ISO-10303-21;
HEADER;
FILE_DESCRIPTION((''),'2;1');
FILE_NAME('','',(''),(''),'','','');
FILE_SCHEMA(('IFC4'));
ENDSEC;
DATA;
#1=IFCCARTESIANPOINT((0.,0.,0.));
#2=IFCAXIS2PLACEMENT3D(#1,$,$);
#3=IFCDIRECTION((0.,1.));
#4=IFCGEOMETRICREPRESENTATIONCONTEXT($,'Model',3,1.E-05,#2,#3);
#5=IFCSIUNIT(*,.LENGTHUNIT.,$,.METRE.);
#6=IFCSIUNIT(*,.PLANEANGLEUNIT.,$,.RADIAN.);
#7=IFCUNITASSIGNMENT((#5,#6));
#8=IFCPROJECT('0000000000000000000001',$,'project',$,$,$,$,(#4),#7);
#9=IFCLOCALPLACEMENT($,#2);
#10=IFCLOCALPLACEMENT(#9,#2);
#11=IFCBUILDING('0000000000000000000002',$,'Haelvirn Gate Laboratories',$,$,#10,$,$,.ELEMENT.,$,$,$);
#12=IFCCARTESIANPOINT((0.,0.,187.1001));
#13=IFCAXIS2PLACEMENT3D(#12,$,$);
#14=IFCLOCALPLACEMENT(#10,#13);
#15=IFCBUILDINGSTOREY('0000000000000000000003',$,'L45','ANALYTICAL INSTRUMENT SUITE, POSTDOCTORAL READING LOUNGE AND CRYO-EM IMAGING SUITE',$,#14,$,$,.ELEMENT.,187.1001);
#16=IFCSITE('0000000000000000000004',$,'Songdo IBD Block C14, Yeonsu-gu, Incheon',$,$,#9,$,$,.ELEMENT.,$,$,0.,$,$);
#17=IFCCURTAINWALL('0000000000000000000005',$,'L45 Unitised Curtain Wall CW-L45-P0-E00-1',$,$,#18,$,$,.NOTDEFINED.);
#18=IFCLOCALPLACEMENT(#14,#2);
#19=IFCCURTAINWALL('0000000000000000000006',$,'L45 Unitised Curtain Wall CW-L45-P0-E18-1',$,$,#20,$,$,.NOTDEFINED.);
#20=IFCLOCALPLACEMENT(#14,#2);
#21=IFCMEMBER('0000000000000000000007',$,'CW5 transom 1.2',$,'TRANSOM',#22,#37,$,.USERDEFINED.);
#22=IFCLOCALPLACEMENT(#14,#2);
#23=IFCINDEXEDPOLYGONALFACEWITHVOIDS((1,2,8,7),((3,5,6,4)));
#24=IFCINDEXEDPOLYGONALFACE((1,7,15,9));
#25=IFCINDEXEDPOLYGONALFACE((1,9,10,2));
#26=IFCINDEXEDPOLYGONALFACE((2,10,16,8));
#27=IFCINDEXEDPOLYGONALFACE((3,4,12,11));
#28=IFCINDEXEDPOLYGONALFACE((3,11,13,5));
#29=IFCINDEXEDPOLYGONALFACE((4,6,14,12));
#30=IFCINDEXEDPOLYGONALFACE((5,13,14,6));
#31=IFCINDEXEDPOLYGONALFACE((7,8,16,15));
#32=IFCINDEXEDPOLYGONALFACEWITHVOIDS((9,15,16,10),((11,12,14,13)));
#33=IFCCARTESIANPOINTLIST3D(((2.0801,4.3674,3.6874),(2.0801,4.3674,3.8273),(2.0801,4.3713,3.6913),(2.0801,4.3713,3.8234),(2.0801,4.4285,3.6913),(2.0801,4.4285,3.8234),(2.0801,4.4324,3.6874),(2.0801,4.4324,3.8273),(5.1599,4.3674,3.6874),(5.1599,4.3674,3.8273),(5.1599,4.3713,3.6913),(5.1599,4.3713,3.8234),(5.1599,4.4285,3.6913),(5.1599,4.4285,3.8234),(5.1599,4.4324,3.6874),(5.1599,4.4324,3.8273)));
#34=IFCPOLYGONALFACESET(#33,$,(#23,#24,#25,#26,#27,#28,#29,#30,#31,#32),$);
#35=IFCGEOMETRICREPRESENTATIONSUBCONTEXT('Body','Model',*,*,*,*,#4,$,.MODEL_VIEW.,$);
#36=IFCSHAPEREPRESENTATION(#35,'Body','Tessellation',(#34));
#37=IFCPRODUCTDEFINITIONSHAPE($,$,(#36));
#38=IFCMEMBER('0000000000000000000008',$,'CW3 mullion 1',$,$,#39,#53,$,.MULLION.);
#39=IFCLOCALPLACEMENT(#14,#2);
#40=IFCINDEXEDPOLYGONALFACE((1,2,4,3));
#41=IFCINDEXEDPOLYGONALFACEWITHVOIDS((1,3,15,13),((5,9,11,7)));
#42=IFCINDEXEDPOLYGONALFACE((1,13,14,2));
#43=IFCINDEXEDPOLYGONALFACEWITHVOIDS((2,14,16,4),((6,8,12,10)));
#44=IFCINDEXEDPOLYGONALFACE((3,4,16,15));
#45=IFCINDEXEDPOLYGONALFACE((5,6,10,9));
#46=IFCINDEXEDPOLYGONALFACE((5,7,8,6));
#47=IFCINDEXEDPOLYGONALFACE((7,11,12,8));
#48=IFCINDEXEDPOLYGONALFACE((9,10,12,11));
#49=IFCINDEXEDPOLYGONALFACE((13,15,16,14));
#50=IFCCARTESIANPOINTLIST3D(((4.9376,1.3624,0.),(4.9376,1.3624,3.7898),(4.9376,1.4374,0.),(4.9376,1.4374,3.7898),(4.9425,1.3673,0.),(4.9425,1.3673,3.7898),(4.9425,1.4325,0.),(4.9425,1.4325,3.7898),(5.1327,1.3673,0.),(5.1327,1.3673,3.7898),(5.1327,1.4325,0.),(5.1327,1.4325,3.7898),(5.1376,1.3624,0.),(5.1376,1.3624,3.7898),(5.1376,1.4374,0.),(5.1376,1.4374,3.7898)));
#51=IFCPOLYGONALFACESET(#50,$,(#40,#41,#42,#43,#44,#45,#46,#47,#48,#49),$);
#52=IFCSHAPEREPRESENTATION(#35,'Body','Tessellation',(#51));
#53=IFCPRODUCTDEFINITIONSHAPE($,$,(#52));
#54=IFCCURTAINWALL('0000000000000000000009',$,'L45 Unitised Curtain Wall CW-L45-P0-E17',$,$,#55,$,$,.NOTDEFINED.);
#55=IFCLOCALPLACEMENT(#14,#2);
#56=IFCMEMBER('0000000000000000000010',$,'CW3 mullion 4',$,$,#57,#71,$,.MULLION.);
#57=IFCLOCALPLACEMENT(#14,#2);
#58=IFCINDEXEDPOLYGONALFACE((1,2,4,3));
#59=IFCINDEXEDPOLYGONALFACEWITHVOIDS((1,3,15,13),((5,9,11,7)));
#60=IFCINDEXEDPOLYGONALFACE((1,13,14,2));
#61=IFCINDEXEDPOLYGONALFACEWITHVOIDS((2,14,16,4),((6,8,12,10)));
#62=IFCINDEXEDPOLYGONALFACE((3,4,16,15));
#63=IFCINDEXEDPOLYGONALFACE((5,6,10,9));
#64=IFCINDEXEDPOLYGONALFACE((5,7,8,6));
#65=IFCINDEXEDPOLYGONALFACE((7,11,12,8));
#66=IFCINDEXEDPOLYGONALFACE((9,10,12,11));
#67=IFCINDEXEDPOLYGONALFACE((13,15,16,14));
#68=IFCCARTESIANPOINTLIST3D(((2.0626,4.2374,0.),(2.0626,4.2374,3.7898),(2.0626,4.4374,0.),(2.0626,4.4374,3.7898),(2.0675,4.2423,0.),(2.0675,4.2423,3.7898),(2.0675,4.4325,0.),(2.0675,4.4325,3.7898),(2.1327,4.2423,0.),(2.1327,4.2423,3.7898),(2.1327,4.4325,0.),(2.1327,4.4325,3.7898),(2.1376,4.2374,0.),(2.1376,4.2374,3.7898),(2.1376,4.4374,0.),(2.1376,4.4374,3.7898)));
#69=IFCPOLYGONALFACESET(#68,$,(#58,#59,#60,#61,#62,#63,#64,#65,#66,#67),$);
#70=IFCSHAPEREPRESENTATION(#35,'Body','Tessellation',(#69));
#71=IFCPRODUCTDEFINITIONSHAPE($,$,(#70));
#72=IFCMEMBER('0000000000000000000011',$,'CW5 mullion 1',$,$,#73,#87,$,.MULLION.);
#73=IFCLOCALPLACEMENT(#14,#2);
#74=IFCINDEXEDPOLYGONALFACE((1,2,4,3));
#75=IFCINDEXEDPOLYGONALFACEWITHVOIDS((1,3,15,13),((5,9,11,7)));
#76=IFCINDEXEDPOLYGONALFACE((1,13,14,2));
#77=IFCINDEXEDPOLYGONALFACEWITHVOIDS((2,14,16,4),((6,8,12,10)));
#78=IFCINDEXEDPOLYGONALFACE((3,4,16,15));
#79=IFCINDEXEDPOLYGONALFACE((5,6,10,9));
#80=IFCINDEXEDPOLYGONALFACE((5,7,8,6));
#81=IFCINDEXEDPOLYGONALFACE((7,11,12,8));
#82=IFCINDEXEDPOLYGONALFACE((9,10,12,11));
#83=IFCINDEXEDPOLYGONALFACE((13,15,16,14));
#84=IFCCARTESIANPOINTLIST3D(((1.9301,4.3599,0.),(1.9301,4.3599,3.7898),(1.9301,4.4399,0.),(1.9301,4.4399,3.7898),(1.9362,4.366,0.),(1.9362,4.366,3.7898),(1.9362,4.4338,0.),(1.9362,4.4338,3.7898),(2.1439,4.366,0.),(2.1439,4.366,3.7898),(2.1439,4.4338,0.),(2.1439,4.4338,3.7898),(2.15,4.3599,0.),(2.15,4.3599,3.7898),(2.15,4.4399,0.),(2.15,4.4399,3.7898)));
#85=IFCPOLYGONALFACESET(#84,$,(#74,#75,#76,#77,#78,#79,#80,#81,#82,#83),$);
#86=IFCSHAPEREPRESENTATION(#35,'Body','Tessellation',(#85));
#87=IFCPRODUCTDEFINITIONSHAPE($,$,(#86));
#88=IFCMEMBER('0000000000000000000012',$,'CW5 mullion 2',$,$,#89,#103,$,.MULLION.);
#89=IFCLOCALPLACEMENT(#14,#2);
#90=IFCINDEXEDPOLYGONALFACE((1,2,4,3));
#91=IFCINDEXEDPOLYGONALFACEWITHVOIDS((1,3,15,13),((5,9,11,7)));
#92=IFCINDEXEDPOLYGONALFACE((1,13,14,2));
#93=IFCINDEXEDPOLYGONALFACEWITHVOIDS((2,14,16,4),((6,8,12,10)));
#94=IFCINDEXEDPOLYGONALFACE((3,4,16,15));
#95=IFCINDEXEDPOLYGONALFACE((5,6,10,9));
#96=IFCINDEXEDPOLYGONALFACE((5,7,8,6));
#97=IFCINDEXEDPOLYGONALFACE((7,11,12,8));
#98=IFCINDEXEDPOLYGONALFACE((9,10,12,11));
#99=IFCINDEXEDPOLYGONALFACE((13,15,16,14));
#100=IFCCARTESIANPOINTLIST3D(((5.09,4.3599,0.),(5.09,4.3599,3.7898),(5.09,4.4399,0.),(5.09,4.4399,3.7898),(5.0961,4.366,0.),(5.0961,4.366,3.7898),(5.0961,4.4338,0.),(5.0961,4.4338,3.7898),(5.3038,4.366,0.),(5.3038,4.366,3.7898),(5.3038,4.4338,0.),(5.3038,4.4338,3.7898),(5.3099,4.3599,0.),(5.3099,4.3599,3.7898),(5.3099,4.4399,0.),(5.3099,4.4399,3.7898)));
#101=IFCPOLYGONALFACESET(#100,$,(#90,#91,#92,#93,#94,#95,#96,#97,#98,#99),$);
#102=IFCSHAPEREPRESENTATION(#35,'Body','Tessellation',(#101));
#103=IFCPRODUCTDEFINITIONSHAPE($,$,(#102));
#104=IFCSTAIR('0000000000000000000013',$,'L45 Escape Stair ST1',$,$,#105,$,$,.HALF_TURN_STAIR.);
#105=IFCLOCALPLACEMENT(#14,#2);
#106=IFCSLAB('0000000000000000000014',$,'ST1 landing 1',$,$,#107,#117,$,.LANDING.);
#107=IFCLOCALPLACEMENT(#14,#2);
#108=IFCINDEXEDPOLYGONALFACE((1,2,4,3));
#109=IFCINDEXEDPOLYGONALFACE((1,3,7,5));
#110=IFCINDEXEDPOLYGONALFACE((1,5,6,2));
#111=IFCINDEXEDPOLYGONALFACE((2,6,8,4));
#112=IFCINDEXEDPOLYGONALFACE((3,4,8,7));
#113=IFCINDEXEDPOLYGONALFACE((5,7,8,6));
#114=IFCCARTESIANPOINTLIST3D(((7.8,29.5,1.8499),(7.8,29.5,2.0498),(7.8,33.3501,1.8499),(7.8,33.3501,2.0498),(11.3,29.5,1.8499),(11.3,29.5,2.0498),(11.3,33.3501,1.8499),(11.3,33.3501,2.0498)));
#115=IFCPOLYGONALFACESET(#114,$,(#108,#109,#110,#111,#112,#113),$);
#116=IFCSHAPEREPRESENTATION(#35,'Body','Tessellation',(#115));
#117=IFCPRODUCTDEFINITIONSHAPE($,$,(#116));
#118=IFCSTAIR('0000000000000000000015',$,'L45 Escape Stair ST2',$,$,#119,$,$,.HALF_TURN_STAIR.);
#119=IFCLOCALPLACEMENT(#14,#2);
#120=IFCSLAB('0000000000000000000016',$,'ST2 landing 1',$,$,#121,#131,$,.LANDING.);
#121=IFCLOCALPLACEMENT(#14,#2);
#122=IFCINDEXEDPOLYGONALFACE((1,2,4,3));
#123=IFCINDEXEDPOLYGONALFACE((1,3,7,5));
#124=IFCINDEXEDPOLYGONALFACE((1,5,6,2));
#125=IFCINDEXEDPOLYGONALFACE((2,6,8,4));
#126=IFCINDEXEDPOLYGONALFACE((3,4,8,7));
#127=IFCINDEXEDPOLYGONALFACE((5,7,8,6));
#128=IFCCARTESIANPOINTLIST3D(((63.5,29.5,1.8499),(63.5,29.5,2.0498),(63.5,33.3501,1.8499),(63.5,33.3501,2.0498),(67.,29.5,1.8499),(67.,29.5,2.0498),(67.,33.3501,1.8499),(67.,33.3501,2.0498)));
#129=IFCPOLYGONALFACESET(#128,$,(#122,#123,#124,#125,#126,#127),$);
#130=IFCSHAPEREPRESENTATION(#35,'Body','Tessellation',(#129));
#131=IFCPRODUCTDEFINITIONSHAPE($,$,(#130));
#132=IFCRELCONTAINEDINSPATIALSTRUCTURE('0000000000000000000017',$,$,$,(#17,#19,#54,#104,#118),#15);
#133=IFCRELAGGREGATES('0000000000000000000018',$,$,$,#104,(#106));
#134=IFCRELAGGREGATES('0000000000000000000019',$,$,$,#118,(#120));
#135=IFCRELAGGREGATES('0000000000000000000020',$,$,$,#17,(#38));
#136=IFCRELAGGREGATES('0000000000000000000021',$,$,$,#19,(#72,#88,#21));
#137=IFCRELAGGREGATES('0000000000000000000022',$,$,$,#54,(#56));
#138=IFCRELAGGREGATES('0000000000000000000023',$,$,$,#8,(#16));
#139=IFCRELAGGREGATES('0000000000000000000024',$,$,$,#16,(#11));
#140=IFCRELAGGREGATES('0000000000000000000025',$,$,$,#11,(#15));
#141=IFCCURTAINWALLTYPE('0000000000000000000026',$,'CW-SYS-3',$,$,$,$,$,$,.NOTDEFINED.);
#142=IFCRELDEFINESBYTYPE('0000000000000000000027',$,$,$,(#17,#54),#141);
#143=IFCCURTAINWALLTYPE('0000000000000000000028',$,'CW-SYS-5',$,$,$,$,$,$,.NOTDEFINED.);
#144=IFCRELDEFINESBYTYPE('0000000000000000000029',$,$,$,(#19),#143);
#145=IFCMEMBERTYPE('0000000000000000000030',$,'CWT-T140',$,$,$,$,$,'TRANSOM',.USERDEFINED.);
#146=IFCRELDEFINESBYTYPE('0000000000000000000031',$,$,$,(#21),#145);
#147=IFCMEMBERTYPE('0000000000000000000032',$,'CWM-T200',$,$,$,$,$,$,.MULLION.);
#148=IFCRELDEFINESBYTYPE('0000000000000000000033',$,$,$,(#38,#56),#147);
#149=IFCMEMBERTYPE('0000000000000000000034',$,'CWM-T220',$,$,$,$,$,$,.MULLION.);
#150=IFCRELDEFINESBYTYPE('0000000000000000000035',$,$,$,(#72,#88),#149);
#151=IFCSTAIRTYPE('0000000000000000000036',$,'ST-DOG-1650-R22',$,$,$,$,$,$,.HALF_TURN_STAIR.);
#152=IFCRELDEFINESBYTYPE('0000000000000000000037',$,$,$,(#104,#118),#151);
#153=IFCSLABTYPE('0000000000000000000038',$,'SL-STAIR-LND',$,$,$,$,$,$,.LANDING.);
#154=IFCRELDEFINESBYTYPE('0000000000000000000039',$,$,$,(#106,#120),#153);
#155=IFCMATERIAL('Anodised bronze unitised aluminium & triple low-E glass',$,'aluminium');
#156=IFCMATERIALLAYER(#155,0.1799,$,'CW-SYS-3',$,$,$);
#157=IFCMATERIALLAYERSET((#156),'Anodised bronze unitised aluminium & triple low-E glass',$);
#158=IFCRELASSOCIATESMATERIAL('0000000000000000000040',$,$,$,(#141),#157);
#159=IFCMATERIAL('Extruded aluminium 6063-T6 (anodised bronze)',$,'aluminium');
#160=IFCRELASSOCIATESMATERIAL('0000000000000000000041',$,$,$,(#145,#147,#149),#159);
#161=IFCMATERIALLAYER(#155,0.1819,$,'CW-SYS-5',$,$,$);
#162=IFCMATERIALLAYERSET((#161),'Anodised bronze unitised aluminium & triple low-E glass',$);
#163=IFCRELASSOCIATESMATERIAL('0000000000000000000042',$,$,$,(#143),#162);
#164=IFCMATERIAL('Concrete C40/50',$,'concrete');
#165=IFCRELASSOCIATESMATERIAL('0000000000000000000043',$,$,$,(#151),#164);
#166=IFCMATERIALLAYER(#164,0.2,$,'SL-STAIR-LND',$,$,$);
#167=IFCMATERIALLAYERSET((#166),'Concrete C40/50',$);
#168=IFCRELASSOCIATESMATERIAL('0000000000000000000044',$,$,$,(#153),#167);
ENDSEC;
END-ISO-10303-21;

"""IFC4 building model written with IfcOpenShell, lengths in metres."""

from ifc_helpers import new_model, si_unit, direction, frame, origin, origin_2d, place, context, subcontext, project, spatial, polyline, hollow_rectangle, outline, extrude, source, transform, mapped, material, layer, layer_set, material_profile, profile_set, type_object, type_shapes, element, aggregate, save


model = new_model("IFC4")

# Units and contexts
model_context = context("Model", 3, precision=1e-05, world=origin(), true_north=direction((0.0, 1.0)))
body_context = subcontext(model_context, "Body", "Model", "MODEL_VIEW")
ifc_project = project(units=[si_unit("LENGTHUNIT", "METRE"), si_unit("PLANEANGLEUNIT", "RADIAN")], contexts=[model_context])

# Site, building, storey
site_placement = place(None, origin())
site = spatial("IfcSite", under=ifc_project, at=site_placement, Name="Songdo IBD Block C14, Yeonsu-gu, Incheon", CompositionType="ELEMENT", RefElevation=0.0)
building_placement = place(site_placement, origin())
building = spatial("IfcBuilding", under=site, at=building_placement, Name="Haelvirn Gate Laboratories", CompositionType="ELEMENT")
storey_placement = place(building_placement, frame((0.0, 0.0, 187.1001)))
storey = spatial("IfcBuildingStorey", under=building, at=storey_placement, Name="L45", Description="ANALYTICAL INSTRUMENT SUITE, POSTDOCTORAL READING LOUNGE AND CRYO-EM IMAGING SUITE", CompositionType="ELEMENT", Elevation=187.1001)

# Curtain walls, member
ifc_material_1 = material(Name="Anodised bronze unitised aluminium & triple low-E glass", Category="aluminium")
ifc_layer_1 = layer(ifc_material_1, 0.1799, Name="CW-SYS-3")
ifc_layer_set_1 = layer_set([ifc_layer_1], Name="Anodised bronze unitised aluminium & triple low-E glass")
curtain_wall_type_1 = type_object("IfcCurtainWallType", Name="CW-SYS-3", PredefinedType="NOTDEFINED", material=ifc_layer_set_1)
curtain_wall_1_placement = place(storey_placement, origin())
curtain_wall_1 = element("IfcCurtainWall", 1, at=curtain_wall_1_placement, inside=storey, type_object=curtain_wall_type_1, Name="L45 Unitised Curtain Wall CW-L45-P0-E00-1", PredefinedType="NOTDEFINED")
ifc_material_2 = material(Name="Extruded aluminium 6063-T6 (anodised bronze)", Category="aluminium")
ifc_material_profile_1 = material_profile(ifc_material_2, hollow_rectangle(XDim=0.0649, YDim=0.1399, WallThickness=0.0039, at=origin_2d()), Name="CWT-140x65x4")
ifc_profile_set_1 = profile_set([ifc_material_profile_1], Name="Extruded aluminium 6063-T6 (anodised bronze)")
member_type_1 = type_object("IfcMemberType", Name="CWT-T140", ElementType="TRANSOM", PredefinedType="USERDEFINED", material=ifc_profile_set_1)
ifc_layer_2 = layer(ifc_material_1, 0.1819, Name="CW-SYS-5")
ifc_layer_set_2 = layer_set([ifc_layer_2], Name="Anodised bronze unitised aluminium & triple low-E glass")
curtain_wall_type_2 = type_object("IfcCurtainWallType", Name="CW-SYS-5", PredefinedType="NOTDEFINED", material=ifc_layer_set_2)
curtain_wall_2_placement = place(storey_placement, origin())
curtain_wall_2 = element("IfcCurtainWall", 2, at=curtain_wall_2_placement, inside=storey, type_object=curtain_wall_type_2, Name="L45 Unitised Curtain Wall CW-L45-P0-E18-1", PredefinedType="NOTDEFINED")
shared_shape_1 = source(origin(), body_context, "Body", "SweptSolid", [
    extrude(hollow_rectangle(XDim=0.0649, YDim=0.1399, WallThickness=0.0039, at=origin_2d()), origin(), (0.0, 0.0, 1.0), 3.0798),
])
member_1_placement = place(storey_placement, frame((2.0801, 4.3999, 3.7573), z_axis=(1.0, 0.0, 0.0), x_axis=(0.0, 1.0, 0.0)))
member_1 = element("IfcMember", 3, at=member_1_placement, type_object=member_type_1, Name="CW5 transom 1.2", ObjectType="TRANSOM", PredefinedType="USERDEFINED", context=body_context, shape_type="MappedRepresentation", body=[
    mapped(shared_shape_1, transform((0.0, 0.0, 0.0), scale=1.0)),
])

# Member
ifc_material_profile_2 = material_profile(ifc_material_2, hollow_rectangle(XDim=0.075, YDim=0.2, WallThickness=0.0049, at=origin_2d()), Name="CWM-200x75x5")
ifc_profile_set_2 = profile_set([ifc_material_profile_2], Name="Extruded aluminium 6063-T6 (anodised bronze)")
member_type_2 = type_object("IfcMemberType", Name="CWM-T200", PredefinedType="MULLION", material=ifc_profile_set_2)
shared_shape_2 = source(origin(), body_context, "Body", "SweptSolid", [
    extrude(hollow_rectangle(XDim=0.075, YDim=0.2, WallThickness=0.0049, at=origin_2d()), origin(), (0.0, 0.0, 1.0), 3.7898),
])
type_shapes(member_type_2, [shared_shape_2])
member_2_placement = place(storey_placement, frame((5.0376, 1.3999, 0.0), z_axis=(0.0, 0.0, 1.0), x_axis=(0.0, 1.0, 0.0)))
member_2 = element("IfcMember", 4, at=member_2_placement, type_object=member_type_2, Name="CW3 mullion 1", PredefinedType="MULLION", context=body_context, shape_type="MappedRepresentation", body=[
    mapped(shared_shape_2, transform((0.0, 0.0, 0.0), scale=1.0)),
])

# Curtain wall, member
curtain_wall_3_placement = place(storey_placement, origin())
curtain_wall_3 = element("IfcCurtainWall", 5, at=curtain_wall_3_placement, inside=storey, type_object=curtain_wall_type_1, Name="L45 Unitised Curtain Wall CW-L45-P0-E17", PredefinedType="NOTDEFINED")
member_3_placement = place(storey_placement, frame((2.1001, 4.3374, 0.0), z_axis=(0.0, 0.0, 1.0), x_axis=(1.0, 0.0, 0.0)))
member_3 = element("IfcMember", 6, at=member_3_placement, type_object=member_type_2, Name="CW3 mullion 4", PredefinedType="MULLION", context=body_context, shape_type="MappedRepresentation", body=[
    mapped(shared_shape_2, transform((0.0, 0.0, 0.0), scale=1.0)),
])

# Members
ifc_material_profile_3 = material_profile(ifc_material_2, hollow_rectangle(XDim=0.0801, YDim=0.22, WallThickness=0.0061, at=origin_2d()), Name="CWM-220x80x6")
ifc_profile_set_3 = profile_set([ifc_material_profile_3], Name="Extruded aluminium 6063-T6 (anodised bronze)")
member_type_3 = type_object("IfcMemberType", Name="CWM-T220", PredefinedType="MULLION", material=ifc_profile_set_3)
shared_shape_3 = source(origin(), body_context, "Body", "SweptSolid", [
    extrude(hollow_rectangle(XDim=0.0801, YDim=0.22, WallThickness=0.0061, at=origin_2d()), origin(), (0.0, 0.0, 1.0), 3.7898),
])
type_shapes(member_type_3, [shared_shape_3])
member_4_placement = place(storey_placement, frame((2.04, 4.3999, 0.0), z_axis=(0.0, 0.0, 1.0), x_axis=(0.0, 1.0, 0.0)))
member_4 = element("IfcMember", 7, at=member_4_placement, type_object=member_type_3, Name="CW5 mullion 1", PredefinedType="MULLION", context=body_context, shape_type="MappedRepresentation", body=[
    mapped(shared_shape_3, transform((0.0, 0.0, 0.0), scale=1.0)),
])
member_5_placement = place(storey_placement, frame((5.2, 4.3999, 0.0), z_axis=(0.0, 0.0, 1.0), x_axis=(0.0, 1.0, 0.0)))
member_5 = element("IfcMember", 8, at=member_5_placement, type_object=member_type_3, Name="CW5 mullion 2", PredefinedType="MULLION", context=body_context, shape_type="MappedRepresentation", body=[
    mapped(shared_shape_3, transform((0.0, 0.0, 0.0), scale=1.0)),
])

# Stairs, slabs
ifc_material_3 = material(Name="Concrete C40/50", Category="concrete")
stair_type = type_object("IfcStairType", Name="ST-DOG-1650-R22", PredefinedType="HALF_TURN_STAIR", material=ifc_material_3)
stair_1_placement = place(storey_placement, origin())
stair_1 = element("IfcStair", 9, at=stair_1_placement, inside=storey, type_object=stair_type, Name="L45 Escape Stair ST1", PredefinedType="HALF_TURN_STAIR")
ifc_layer_3 = layer(ifc_material_3, 0.2, Name="SL-STAIR-LND")
ifc_layer_set_3 = layer_set([ifc_layer_3], Name="Concrete C40/50")
slab_type_1 = type_object("IfcSlabType", Name="SL-STAIR-LND", PredefinedType="LANDING", material=ifc_layer_set_3)
slab_1_placement = place(storey_placement, frame((0.0, 0.0, 1.8499)))
slab_1 = element("IfcSlab", 10, at=slab_1_placement, type_object=slab_type_1, Name="ST1 landing 1", PredefinedType="LANDING", context=body_context, shape_type="SweptSolid", body=[
    extrude(outline(polyline([(11.3, 29.5), (11.3, 33.3501), (7.8, 33.3501), (7.8, 29.5), (11.3, 29.5)])), origin(), (0.0, 0.0, 1.0), 0.2),
])
aggregate(stair_1, [slab_1])
stair_2_placement = place(storey_placement, origin())
stair_2 = element("IfcStair", 11, at=stair_2_placement, inside=storey, type_object=stair_type, Name="L45 Escape Stair ST2", PredefinedType="HALF_TURN_STAIR")
slab_2_placement = place(storey_placement, frame((0.0, 0.0, 1.8499)))
slab_2 = element("IfcSlab", 12, at=slab_2_placement, type_object=slab_type_1, Name="ST2 landing 1", PredefinedType="LANDING", context=body_context, shape_type="SweptSolid", body=[
    extrude(outline(polyline([(67.0, 29.5), (67.0, 33.3501), (63.5, 33.3501), (63.5, 29.5), (67.0, 29.5)])), origin(), (0.0, 0.0, 1.0), 0.2),
])
aggregate(stair_2, [slab_2])

aggregate(curtain_wall_1, [member_2])
aggregate(curtain_wall_2, [member_4, member_5, member_1])
aggregate(curtain_wall_3, [member_3])

save(model, "model.ifc")
